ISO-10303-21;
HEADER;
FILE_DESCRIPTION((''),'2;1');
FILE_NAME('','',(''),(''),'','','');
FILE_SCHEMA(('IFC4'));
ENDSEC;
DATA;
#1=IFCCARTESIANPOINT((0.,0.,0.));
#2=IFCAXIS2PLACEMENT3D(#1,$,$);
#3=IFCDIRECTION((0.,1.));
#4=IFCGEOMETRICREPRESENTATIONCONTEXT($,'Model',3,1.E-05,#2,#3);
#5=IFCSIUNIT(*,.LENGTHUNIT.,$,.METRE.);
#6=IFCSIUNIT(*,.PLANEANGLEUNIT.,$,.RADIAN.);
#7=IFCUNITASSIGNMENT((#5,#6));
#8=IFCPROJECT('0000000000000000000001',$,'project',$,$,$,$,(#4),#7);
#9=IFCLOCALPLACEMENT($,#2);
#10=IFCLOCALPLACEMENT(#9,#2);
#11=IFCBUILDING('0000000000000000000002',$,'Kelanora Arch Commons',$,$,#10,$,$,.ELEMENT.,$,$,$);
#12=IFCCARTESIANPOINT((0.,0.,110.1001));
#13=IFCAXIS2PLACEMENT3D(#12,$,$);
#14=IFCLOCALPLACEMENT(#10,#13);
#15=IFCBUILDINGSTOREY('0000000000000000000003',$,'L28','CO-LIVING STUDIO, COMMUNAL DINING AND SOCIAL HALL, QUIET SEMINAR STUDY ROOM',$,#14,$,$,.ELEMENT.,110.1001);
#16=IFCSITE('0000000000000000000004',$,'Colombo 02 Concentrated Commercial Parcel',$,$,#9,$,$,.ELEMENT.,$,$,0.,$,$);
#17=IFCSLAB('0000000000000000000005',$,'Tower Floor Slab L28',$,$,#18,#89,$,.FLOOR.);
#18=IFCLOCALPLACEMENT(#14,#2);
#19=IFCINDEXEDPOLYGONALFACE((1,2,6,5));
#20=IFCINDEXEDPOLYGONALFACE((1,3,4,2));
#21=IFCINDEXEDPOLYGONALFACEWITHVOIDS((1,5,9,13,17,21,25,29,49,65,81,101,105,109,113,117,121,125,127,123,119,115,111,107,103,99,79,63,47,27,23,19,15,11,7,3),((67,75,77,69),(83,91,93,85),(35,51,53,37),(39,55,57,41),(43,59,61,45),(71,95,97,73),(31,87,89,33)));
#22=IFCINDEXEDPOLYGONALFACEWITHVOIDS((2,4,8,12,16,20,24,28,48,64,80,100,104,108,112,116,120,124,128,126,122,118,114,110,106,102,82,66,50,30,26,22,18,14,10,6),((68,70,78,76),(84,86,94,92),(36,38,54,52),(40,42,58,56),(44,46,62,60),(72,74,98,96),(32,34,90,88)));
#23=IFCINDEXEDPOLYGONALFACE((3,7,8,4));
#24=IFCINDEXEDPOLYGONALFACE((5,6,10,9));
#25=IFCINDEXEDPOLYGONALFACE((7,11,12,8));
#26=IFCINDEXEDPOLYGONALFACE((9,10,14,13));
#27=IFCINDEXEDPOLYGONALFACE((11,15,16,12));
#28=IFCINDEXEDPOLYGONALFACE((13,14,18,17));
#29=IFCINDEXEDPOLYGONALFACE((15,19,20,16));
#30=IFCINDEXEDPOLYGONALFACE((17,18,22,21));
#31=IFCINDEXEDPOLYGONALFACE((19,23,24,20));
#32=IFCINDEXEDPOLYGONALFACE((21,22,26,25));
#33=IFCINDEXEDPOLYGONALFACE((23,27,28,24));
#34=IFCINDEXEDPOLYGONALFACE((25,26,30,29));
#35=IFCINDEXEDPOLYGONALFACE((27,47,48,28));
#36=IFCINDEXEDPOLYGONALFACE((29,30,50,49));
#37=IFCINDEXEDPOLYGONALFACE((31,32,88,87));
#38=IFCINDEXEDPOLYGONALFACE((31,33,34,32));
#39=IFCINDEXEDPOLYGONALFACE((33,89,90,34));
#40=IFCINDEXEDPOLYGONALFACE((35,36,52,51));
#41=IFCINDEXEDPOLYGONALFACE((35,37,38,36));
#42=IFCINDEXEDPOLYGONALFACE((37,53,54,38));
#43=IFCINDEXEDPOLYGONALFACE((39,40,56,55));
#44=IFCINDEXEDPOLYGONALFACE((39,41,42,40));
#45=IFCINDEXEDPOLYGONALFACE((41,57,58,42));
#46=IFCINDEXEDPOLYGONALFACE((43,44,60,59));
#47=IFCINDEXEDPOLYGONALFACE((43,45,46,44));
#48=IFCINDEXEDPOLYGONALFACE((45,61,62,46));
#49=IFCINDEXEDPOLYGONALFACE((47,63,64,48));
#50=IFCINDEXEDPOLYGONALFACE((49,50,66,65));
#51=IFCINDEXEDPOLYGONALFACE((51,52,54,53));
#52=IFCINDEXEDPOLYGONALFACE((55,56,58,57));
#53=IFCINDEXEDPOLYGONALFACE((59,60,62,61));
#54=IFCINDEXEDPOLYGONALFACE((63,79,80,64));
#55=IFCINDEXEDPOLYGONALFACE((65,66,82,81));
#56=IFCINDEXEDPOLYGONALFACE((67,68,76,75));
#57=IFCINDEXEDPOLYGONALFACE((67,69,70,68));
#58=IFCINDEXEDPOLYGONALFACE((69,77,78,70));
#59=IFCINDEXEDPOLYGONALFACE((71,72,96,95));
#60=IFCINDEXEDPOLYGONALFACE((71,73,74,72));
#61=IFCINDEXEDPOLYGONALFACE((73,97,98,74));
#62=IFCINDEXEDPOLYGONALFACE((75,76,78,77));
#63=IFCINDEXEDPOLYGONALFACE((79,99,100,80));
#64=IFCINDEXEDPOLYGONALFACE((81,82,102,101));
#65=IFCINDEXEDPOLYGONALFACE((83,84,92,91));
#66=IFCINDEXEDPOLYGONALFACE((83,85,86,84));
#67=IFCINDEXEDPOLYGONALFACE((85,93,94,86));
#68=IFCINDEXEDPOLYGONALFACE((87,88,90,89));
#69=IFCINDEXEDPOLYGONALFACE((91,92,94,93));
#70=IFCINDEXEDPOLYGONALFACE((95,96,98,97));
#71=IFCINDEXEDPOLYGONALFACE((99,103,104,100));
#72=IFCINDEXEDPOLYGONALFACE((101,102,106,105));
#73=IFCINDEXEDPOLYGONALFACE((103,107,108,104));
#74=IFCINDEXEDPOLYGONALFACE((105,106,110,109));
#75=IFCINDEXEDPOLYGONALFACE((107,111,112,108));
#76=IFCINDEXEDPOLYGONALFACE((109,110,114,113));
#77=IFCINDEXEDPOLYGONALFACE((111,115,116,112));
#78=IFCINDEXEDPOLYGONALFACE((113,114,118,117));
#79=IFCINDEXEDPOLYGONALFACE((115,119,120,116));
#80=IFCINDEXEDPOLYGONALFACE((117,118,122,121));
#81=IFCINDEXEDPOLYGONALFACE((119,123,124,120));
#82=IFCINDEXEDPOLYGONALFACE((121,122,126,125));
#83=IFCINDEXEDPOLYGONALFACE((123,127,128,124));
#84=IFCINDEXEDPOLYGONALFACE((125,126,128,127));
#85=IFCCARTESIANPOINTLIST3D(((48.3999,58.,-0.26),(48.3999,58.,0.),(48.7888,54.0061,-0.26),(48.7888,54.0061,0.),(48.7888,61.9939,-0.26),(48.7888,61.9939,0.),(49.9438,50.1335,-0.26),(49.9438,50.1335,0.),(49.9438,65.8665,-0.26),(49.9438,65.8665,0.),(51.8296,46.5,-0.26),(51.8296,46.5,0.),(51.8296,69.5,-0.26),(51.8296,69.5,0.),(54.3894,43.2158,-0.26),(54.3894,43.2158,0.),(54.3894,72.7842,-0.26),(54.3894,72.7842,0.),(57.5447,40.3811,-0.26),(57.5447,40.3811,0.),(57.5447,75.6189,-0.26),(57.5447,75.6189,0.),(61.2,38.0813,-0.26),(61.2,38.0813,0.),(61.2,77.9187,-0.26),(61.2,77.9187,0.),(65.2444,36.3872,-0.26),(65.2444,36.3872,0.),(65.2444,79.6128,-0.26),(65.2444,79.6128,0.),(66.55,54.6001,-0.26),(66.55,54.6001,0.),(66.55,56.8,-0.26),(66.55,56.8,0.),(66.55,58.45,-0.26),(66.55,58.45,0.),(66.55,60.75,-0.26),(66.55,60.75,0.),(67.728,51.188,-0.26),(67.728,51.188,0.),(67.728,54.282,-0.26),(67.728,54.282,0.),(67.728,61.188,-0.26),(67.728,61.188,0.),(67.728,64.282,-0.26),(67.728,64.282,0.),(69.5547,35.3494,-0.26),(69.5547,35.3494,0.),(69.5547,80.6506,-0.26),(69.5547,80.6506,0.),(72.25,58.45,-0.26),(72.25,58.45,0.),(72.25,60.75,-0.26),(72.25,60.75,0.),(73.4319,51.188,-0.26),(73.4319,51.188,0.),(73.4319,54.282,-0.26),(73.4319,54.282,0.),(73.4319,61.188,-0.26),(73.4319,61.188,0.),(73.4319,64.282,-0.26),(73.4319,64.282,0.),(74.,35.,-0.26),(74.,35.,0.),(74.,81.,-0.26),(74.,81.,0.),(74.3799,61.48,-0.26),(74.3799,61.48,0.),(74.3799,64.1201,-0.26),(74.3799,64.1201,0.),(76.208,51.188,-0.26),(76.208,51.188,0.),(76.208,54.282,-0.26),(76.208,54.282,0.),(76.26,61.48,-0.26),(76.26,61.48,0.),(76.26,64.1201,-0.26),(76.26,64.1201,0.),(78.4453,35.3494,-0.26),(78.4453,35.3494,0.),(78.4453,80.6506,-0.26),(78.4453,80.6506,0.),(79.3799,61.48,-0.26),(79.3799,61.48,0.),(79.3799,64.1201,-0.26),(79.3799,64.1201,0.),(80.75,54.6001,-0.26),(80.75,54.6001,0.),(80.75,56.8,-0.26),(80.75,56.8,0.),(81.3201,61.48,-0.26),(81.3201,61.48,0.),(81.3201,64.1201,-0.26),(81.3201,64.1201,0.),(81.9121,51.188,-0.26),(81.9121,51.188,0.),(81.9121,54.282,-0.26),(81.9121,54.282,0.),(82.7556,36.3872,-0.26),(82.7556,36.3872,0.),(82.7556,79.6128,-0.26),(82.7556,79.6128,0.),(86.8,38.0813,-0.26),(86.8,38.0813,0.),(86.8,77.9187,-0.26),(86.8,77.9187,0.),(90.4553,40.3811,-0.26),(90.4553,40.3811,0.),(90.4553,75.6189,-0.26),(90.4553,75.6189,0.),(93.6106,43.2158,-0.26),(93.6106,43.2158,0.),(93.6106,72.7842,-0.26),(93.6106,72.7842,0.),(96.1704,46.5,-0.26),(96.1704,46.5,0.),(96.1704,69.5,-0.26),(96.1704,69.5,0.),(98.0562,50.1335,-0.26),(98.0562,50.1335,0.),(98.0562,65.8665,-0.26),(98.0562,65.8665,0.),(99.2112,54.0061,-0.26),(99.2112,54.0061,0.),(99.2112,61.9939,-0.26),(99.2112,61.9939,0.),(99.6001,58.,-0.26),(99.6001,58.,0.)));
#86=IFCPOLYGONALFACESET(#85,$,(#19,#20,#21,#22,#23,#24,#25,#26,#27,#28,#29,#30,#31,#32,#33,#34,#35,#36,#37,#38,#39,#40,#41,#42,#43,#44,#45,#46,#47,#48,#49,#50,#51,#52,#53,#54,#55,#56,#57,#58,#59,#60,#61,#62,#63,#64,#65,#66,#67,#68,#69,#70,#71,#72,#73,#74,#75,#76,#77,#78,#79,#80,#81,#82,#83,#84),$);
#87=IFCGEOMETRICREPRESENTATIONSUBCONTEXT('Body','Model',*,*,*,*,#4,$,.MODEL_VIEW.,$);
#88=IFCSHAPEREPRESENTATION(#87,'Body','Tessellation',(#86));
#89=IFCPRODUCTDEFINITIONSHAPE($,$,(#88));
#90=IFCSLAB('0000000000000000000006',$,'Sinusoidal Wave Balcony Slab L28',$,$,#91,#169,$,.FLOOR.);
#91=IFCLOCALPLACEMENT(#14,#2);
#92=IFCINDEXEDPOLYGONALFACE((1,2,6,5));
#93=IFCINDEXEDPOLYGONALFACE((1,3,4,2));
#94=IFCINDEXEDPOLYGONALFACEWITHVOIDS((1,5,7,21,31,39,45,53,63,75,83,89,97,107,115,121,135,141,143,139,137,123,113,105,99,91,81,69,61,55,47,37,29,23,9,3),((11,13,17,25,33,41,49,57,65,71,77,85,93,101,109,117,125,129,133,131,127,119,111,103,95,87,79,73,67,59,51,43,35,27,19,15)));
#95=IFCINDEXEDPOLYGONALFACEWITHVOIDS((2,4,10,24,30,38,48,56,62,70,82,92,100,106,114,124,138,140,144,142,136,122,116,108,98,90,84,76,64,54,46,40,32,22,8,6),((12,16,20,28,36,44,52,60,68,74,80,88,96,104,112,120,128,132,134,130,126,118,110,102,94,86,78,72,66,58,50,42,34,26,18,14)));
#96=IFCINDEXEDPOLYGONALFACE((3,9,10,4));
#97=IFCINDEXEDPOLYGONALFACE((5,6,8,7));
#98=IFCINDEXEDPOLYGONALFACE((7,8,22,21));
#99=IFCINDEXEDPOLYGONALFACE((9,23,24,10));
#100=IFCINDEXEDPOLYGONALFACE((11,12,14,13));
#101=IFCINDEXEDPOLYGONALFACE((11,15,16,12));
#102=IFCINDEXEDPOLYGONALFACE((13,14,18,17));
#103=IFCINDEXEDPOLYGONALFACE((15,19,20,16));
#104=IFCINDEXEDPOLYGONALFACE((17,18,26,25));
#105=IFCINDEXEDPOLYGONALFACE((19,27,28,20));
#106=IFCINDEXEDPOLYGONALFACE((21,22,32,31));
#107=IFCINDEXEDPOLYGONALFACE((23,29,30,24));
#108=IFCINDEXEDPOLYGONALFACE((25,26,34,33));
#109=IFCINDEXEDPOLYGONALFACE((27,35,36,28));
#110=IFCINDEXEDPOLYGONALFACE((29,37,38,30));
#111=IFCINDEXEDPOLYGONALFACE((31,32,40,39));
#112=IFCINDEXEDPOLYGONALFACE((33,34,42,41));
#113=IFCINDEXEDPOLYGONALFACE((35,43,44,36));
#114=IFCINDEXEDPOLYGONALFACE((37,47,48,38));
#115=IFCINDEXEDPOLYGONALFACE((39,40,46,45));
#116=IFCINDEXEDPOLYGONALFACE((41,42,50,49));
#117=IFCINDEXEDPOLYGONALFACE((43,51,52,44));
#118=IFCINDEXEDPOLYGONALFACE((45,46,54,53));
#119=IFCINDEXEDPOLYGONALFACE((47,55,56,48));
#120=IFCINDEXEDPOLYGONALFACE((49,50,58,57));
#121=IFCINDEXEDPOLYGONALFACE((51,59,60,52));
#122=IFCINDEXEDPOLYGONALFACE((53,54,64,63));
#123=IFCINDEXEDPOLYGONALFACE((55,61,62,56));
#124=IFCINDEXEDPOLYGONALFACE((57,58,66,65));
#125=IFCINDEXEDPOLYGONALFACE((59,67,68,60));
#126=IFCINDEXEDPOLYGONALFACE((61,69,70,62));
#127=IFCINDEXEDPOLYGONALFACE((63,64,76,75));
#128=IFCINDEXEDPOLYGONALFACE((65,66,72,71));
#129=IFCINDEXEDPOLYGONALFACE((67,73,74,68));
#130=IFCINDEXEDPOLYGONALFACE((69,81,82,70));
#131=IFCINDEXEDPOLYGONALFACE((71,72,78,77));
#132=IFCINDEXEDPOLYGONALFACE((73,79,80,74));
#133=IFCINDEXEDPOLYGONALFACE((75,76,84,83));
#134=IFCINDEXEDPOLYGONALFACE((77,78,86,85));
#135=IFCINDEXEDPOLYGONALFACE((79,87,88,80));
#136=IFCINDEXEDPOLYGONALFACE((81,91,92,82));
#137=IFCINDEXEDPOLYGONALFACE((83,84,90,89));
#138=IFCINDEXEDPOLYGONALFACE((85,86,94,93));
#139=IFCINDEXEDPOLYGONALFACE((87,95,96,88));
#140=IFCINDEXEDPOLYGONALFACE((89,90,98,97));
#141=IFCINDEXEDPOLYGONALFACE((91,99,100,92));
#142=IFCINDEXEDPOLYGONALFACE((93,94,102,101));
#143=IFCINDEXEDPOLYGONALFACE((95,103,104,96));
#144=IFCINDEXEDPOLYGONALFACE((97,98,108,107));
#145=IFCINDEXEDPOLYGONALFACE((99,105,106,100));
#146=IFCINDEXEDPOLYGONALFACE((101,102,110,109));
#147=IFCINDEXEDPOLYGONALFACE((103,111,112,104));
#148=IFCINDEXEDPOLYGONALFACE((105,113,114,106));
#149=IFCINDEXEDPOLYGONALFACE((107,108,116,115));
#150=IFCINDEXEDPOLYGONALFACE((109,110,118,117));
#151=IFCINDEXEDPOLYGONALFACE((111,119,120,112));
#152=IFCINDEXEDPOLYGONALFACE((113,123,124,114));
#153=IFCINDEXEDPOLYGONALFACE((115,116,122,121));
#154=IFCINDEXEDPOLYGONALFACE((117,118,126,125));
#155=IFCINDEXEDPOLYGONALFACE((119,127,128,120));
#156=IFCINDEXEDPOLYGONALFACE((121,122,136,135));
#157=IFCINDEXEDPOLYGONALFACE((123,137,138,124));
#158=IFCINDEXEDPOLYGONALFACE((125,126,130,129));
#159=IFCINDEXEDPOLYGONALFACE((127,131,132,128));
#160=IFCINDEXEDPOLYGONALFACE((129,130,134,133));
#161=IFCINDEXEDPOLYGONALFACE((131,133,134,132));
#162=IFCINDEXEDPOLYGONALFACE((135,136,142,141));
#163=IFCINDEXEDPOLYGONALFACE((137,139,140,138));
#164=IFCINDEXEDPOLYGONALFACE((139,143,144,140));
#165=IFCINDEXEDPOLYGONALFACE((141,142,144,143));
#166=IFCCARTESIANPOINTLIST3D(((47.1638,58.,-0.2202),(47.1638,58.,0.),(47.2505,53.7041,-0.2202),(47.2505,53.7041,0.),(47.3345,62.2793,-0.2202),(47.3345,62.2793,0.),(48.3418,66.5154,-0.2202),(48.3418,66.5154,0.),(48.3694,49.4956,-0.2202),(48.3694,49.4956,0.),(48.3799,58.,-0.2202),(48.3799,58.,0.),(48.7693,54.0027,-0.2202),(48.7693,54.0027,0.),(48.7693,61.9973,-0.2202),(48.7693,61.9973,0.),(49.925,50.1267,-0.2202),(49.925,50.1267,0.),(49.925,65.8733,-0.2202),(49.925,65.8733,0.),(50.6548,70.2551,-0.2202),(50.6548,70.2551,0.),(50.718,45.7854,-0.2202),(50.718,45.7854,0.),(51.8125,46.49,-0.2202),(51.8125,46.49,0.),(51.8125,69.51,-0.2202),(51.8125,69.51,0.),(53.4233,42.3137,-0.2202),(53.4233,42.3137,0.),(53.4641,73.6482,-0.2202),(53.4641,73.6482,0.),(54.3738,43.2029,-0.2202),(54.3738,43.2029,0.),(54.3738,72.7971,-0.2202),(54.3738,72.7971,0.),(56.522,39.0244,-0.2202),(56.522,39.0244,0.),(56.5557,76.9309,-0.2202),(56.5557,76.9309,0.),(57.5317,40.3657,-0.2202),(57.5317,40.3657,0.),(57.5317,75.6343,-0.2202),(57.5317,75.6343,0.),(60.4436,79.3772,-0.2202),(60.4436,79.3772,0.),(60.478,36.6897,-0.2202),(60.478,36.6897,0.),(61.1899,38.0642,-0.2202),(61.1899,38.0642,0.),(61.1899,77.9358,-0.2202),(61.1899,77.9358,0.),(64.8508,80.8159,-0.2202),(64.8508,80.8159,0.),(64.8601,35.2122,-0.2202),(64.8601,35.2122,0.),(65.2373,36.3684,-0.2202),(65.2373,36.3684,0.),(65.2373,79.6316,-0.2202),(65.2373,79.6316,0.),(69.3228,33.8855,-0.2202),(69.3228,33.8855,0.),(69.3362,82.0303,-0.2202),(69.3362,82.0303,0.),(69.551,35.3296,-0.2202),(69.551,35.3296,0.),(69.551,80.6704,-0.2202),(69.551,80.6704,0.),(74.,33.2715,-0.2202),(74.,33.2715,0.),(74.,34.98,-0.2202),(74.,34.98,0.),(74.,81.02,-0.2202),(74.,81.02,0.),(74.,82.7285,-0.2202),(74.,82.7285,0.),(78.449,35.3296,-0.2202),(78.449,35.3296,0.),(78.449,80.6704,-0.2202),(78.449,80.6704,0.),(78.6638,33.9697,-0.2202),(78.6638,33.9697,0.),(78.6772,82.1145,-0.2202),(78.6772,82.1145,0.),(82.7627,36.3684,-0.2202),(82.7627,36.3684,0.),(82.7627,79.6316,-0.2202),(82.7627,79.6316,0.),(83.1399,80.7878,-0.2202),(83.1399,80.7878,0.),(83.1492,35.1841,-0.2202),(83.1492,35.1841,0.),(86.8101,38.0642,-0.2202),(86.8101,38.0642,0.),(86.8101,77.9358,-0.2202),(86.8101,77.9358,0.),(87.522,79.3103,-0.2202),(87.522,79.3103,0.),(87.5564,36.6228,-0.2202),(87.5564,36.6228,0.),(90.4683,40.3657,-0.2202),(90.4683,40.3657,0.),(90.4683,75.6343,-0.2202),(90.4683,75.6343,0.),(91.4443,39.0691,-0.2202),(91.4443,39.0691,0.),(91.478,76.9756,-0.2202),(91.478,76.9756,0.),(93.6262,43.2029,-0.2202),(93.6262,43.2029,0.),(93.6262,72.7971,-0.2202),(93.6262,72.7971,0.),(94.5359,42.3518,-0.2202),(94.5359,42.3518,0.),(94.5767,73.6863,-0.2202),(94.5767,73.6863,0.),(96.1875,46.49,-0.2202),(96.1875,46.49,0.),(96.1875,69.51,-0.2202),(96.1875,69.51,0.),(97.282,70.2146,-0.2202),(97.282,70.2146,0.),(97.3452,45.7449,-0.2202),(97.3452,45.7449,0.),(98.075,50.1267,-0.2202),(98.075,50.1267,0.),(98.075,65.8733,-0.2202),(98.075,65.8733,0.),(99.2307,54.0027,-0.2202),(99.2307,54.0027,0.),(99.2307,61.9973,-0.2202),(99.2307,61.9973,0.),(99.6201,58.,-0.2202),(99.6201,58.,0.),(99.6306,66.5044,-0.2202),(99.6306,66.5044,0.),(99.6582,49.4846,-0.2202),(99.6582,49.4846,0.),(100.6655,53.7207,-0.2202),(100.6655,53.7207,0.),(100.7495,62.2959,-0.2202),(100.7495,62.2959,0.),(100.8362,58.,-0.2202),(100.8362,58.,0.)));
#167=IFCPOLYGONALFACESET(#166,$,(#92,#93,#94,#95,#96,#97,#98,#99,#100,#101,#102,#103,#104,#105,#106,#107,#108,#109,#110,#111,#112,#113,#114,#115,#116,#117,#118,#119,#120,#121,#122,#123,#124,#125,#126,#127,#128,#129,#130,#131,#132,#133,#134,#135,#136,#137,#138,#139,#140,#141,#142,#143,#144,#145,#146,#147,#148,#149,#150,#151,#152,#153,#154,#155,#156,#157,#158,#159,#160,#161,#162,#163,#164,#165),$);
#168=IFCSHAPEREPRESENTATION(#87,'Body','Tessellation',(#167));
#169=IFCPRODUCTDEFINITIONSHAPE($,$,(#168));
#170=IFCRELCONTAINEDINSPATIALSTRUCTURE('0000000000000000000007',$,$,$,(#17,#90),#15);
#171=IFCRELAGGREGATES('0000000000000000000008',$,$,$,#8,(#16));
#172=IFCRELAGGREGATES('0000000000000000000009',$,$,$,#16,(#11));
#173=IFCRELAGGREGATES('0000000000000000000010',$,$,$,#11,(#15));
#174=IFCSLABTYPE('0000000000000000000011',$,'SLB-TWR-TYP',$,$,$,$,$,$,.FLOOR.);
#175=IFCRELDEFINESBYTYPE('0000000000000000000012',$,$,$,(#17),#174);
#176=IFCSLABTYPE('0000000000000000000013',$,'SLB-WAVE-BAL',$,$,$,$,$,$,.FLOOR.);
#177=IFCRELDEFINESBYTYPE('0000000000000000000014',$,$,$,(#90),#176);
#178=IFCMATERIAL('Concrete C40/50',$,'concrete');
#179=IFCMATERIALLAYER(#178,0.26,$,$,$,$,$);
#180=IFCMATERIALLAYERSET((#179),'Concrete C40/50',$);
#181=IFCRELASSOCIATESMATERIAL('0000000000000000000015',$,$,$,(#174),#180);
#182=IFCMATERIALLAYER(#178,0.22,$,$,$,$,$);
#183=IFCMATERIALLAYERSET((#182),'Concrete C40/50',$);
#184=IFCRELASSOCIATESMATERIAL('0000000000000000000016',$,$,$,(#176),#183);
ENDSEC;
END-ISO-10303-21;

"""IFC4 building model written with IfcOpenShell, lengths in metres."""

from ifc_helpers import new_model, si_unit, direction, frame, origin, place, context, subcontext, project, spatial, polyline, outline, extrude, material, layer, layer_set, type_object, element, save


model = new_model("IFC4")

# Units and contexts
model_context = context("Model", 3, precision=1e-05, world=origin(), true_north=direction((0.0, 1.0)))
body_context = subcontext(model_context, "Body", "Model", "MODEL_VIEW")
ifc_project = project(units=[si_unit("LENGTHUNIT", "METRE"), si_unit("PLANEANGLEUNIT", "RADIAN")], contexts=[model_context])

# Site, building, storey
site_placement = place(None, origin())
site = spatial("IfcSite", under=ifc_project, at=site_placement, Name="Colombo 02 Concentrated Commercial Parcel", CompositionType="ELEMENT", RefElevation=0.0)
building_placement = place(site_placement, origin())
building = spatial("IfcBuilding", under=site, at=building_placement, Name="Kelanora Arch Commons", CompositionType="ELEMENT")
storey_placement = place(building_placement, frame((0.0, 0.0, 110.1001)))
storey = spatial("IfcBuildingStorey", under=building, at=storey_placement, Name="L28", Description="CO-LIVING STUDIO, COMMUNAL DINING AND SOCIAL HALL, QUIET SEMINAR STUDY ROOM", CompositionType="ELEMENT", Elevation=110.1001)

# Shared definitions
ifc_material_1 = material(Name="Concrete C40/50", Category="concrete")

# Slabs
ifc_layer_1 = layer(ifc_material_1, 0.26)
ifc_layer_set_1 = layer_set([ifc_layer_1], Name="Concrete C40/50")
slab_type_1 = type_object("IfcSlabType", Name="SLB-TWR-TYP", PredefinedType="FLOOR", material=ifc_layer_set_1)
slab_1_placement = place(storey_placement, frame((0.0, 0.0, -0.26)))
element("IfcSlab", 1, at=slab_1_placement, inside=storey, type_object=slab_type_1, Name="Tower Floor Slab L28", PredefinedType="FLOOR", context=body_context, shape_type="SweptSolid", body=[
    extrude(outline(polyline([(99.6001, 58.0), (99.2112, 61.9939), (98.0562, 65.8665), (96.1704, 69.5), (93.6106, 72.7842), (90.4553, 75.6189), (86.8, 77.9187), (82.7556, 79.6128), (78.4453, 80.6506), (74.0, 81.0), (69.5547, 80.6506), (65.2444, 79.6128), (61.2, 77.9187), (57.5447, 75.6189), (54.3894, 72.7842), (51.8296, 69.5), (49.9438, 65.8665), (48.7888, 61.9939), (48.3999, 58.0), (48.7888, 54.0061), (49.9438, 50.1335), (51.8296, 46.5), (54.3894, 43.2158), (57.5447, 40.3811), (61.2, 38.0813), (65.2444, 36.3872), (69.5547, 35.3494), (74.0, 35.0), (78.4453, 35.3494), (82.7556, 36.3872), (86.8, 38.0813), (90.4553, 40.3811), (93.6106, 43.2158), (96.1704, 46.5), (98.0562, 50.1335), (99.2112, 54.0061), (99.6001, 58.0)]), holes=[polyline([(73.4319, 51.188), (67.728, 51.188), (67.728, 54.282), (73.4319, 54.282), (73.4319, 51.188)]), polyline([(76.208, 51.188), (76.208, 54.282), (81.9121, 54.282), (81.9121, 51.188), (76.208, 51.188)]), polyline([(66.55, 54.6001), (66.55, 56.8), (80.75, 56.8), (80.75, 54.6001), (66.55, 54.6001)]), polyline([(66.55, 58.45), (66.55, 60.75), (72.25, 60.75), (72.25, 58.45), (66.55, 58.45)]), polyline([(67.728, 61.188), (67.728, 64.282), (73.4319, 64.282), (73.4319, 61.188), (67.728, 61.188)]), polyline([(74.3799, 61.48), (74.3799, 64.1201), (76.26, 64.1201), (76.26, 61.48), (74.3799, 61.48)]), polyline([(79.3799, 61.48), (79.3799, 64.1201), (81.3201, 64.1201), (81.3201, 61.48), (79.3799, 61.48)])]), origin(), (0.0, 0.0, 1.0), 0.26),
])
ifc_layer_2 = layer(ifc_material_1, 0.22)
ifc_layer_set_2 = layer_set([ifc_layer_2], Name="Concrete C40/50")
slab_type_2 = type_object("IfcSlabType", Name="SLB-WAVE-BAL", PredefinedType="FLOOR", material=ifc_layer_set_2)
slab_2_placement = place(storey_placement, frame((0.0, 0.0, -0.2202)))
element("IfcSlab", 2, at=slab_2_placement, inside=storey, type_object=slab_type_2, Name="Sinusoidal Wave Balcony Slab L28", PredefinedType="FLOOR", context=body_context, shape_type="SweptSolid", body=[
    extrude(outline(polyline([(100.8362, 58.0), (100.7495, 62.2959), (99.6306, 66.5044), (97.282, 70.2146), (94.5767, 73.6863), (91.478, 76.9756), (87.522, 79.3103), (83.1399, 80.7878), (78.6772, 82.1145), (74.0, 82.7285), (69.3362, 82.0303), (64.8508, 80.8159), (60.4436, 79.3772), (56.5557, 76.9309), (53.4641, 73.6482), (50.6548, 70.2551), (48.3418, 66.5154), (47.3345, 62.2793), (47.1638, 58.0), (47.2505, 53.7041), (48.3694, 49.4956), (50.718, 45.7854), (53.4233, 42.3137), (56.522, 39.0244), (60.478, 36.6897), (64.8601, 35.2122), (69.3228, 33.8855), (74.0, 33.2715), (78.6638, 33.9697), (83.1492, 35.1841), (87.5564, 36.6228), (91.4443, 39.0691), (94.5359, 42.3518), (97.3452, 45.7449), (99.6582, 49.4846), (100.6655, 53.7207), (100.8362, 58.0)]), holes=[polyline([(99.2307, 54.0027), (98.075, 50.1267), (96.1875, 46.49), (93.6262, 43.2029), (90.4683, 40.3657), (86.8101, 38.0642), (82.7627, 36.3684), (78.449, 35.3296), (74.0, 34.98), (69.551, 35.3296), (65.2373, 36.3684), (61.1899, 38.0642), (57.5317, 40.3657), (54.3738, 43.2029), (51.8125, 46.49), (49.925, 50.1267), (48.7693, 54.0027), (48.3799, 58.0), (48.7693, 61.9973), (49.925, 65.8733), (51.8125, 69.51), (54.3738, 72.7971), (57.5317, 75.6343), (61.1899, 77.9358), (65.2373, 79.6316), (69.551, 80.6704), (74.0, 81.02), (78.449, 80.6704), (82.7627, 79.6316), (86.8101, 77.9358), (90.4683, 75.6343), (93.6262, 72.7971), (96.1875, 69.51), (98.075, 65.8733), (99.2307, 61.9973), (99.6201, 58.0), (99.2307, 54.0027)])]), origin(), (0.0, 0.0, 1.0), 0.2202),
])

save(model, "model.ifc")
